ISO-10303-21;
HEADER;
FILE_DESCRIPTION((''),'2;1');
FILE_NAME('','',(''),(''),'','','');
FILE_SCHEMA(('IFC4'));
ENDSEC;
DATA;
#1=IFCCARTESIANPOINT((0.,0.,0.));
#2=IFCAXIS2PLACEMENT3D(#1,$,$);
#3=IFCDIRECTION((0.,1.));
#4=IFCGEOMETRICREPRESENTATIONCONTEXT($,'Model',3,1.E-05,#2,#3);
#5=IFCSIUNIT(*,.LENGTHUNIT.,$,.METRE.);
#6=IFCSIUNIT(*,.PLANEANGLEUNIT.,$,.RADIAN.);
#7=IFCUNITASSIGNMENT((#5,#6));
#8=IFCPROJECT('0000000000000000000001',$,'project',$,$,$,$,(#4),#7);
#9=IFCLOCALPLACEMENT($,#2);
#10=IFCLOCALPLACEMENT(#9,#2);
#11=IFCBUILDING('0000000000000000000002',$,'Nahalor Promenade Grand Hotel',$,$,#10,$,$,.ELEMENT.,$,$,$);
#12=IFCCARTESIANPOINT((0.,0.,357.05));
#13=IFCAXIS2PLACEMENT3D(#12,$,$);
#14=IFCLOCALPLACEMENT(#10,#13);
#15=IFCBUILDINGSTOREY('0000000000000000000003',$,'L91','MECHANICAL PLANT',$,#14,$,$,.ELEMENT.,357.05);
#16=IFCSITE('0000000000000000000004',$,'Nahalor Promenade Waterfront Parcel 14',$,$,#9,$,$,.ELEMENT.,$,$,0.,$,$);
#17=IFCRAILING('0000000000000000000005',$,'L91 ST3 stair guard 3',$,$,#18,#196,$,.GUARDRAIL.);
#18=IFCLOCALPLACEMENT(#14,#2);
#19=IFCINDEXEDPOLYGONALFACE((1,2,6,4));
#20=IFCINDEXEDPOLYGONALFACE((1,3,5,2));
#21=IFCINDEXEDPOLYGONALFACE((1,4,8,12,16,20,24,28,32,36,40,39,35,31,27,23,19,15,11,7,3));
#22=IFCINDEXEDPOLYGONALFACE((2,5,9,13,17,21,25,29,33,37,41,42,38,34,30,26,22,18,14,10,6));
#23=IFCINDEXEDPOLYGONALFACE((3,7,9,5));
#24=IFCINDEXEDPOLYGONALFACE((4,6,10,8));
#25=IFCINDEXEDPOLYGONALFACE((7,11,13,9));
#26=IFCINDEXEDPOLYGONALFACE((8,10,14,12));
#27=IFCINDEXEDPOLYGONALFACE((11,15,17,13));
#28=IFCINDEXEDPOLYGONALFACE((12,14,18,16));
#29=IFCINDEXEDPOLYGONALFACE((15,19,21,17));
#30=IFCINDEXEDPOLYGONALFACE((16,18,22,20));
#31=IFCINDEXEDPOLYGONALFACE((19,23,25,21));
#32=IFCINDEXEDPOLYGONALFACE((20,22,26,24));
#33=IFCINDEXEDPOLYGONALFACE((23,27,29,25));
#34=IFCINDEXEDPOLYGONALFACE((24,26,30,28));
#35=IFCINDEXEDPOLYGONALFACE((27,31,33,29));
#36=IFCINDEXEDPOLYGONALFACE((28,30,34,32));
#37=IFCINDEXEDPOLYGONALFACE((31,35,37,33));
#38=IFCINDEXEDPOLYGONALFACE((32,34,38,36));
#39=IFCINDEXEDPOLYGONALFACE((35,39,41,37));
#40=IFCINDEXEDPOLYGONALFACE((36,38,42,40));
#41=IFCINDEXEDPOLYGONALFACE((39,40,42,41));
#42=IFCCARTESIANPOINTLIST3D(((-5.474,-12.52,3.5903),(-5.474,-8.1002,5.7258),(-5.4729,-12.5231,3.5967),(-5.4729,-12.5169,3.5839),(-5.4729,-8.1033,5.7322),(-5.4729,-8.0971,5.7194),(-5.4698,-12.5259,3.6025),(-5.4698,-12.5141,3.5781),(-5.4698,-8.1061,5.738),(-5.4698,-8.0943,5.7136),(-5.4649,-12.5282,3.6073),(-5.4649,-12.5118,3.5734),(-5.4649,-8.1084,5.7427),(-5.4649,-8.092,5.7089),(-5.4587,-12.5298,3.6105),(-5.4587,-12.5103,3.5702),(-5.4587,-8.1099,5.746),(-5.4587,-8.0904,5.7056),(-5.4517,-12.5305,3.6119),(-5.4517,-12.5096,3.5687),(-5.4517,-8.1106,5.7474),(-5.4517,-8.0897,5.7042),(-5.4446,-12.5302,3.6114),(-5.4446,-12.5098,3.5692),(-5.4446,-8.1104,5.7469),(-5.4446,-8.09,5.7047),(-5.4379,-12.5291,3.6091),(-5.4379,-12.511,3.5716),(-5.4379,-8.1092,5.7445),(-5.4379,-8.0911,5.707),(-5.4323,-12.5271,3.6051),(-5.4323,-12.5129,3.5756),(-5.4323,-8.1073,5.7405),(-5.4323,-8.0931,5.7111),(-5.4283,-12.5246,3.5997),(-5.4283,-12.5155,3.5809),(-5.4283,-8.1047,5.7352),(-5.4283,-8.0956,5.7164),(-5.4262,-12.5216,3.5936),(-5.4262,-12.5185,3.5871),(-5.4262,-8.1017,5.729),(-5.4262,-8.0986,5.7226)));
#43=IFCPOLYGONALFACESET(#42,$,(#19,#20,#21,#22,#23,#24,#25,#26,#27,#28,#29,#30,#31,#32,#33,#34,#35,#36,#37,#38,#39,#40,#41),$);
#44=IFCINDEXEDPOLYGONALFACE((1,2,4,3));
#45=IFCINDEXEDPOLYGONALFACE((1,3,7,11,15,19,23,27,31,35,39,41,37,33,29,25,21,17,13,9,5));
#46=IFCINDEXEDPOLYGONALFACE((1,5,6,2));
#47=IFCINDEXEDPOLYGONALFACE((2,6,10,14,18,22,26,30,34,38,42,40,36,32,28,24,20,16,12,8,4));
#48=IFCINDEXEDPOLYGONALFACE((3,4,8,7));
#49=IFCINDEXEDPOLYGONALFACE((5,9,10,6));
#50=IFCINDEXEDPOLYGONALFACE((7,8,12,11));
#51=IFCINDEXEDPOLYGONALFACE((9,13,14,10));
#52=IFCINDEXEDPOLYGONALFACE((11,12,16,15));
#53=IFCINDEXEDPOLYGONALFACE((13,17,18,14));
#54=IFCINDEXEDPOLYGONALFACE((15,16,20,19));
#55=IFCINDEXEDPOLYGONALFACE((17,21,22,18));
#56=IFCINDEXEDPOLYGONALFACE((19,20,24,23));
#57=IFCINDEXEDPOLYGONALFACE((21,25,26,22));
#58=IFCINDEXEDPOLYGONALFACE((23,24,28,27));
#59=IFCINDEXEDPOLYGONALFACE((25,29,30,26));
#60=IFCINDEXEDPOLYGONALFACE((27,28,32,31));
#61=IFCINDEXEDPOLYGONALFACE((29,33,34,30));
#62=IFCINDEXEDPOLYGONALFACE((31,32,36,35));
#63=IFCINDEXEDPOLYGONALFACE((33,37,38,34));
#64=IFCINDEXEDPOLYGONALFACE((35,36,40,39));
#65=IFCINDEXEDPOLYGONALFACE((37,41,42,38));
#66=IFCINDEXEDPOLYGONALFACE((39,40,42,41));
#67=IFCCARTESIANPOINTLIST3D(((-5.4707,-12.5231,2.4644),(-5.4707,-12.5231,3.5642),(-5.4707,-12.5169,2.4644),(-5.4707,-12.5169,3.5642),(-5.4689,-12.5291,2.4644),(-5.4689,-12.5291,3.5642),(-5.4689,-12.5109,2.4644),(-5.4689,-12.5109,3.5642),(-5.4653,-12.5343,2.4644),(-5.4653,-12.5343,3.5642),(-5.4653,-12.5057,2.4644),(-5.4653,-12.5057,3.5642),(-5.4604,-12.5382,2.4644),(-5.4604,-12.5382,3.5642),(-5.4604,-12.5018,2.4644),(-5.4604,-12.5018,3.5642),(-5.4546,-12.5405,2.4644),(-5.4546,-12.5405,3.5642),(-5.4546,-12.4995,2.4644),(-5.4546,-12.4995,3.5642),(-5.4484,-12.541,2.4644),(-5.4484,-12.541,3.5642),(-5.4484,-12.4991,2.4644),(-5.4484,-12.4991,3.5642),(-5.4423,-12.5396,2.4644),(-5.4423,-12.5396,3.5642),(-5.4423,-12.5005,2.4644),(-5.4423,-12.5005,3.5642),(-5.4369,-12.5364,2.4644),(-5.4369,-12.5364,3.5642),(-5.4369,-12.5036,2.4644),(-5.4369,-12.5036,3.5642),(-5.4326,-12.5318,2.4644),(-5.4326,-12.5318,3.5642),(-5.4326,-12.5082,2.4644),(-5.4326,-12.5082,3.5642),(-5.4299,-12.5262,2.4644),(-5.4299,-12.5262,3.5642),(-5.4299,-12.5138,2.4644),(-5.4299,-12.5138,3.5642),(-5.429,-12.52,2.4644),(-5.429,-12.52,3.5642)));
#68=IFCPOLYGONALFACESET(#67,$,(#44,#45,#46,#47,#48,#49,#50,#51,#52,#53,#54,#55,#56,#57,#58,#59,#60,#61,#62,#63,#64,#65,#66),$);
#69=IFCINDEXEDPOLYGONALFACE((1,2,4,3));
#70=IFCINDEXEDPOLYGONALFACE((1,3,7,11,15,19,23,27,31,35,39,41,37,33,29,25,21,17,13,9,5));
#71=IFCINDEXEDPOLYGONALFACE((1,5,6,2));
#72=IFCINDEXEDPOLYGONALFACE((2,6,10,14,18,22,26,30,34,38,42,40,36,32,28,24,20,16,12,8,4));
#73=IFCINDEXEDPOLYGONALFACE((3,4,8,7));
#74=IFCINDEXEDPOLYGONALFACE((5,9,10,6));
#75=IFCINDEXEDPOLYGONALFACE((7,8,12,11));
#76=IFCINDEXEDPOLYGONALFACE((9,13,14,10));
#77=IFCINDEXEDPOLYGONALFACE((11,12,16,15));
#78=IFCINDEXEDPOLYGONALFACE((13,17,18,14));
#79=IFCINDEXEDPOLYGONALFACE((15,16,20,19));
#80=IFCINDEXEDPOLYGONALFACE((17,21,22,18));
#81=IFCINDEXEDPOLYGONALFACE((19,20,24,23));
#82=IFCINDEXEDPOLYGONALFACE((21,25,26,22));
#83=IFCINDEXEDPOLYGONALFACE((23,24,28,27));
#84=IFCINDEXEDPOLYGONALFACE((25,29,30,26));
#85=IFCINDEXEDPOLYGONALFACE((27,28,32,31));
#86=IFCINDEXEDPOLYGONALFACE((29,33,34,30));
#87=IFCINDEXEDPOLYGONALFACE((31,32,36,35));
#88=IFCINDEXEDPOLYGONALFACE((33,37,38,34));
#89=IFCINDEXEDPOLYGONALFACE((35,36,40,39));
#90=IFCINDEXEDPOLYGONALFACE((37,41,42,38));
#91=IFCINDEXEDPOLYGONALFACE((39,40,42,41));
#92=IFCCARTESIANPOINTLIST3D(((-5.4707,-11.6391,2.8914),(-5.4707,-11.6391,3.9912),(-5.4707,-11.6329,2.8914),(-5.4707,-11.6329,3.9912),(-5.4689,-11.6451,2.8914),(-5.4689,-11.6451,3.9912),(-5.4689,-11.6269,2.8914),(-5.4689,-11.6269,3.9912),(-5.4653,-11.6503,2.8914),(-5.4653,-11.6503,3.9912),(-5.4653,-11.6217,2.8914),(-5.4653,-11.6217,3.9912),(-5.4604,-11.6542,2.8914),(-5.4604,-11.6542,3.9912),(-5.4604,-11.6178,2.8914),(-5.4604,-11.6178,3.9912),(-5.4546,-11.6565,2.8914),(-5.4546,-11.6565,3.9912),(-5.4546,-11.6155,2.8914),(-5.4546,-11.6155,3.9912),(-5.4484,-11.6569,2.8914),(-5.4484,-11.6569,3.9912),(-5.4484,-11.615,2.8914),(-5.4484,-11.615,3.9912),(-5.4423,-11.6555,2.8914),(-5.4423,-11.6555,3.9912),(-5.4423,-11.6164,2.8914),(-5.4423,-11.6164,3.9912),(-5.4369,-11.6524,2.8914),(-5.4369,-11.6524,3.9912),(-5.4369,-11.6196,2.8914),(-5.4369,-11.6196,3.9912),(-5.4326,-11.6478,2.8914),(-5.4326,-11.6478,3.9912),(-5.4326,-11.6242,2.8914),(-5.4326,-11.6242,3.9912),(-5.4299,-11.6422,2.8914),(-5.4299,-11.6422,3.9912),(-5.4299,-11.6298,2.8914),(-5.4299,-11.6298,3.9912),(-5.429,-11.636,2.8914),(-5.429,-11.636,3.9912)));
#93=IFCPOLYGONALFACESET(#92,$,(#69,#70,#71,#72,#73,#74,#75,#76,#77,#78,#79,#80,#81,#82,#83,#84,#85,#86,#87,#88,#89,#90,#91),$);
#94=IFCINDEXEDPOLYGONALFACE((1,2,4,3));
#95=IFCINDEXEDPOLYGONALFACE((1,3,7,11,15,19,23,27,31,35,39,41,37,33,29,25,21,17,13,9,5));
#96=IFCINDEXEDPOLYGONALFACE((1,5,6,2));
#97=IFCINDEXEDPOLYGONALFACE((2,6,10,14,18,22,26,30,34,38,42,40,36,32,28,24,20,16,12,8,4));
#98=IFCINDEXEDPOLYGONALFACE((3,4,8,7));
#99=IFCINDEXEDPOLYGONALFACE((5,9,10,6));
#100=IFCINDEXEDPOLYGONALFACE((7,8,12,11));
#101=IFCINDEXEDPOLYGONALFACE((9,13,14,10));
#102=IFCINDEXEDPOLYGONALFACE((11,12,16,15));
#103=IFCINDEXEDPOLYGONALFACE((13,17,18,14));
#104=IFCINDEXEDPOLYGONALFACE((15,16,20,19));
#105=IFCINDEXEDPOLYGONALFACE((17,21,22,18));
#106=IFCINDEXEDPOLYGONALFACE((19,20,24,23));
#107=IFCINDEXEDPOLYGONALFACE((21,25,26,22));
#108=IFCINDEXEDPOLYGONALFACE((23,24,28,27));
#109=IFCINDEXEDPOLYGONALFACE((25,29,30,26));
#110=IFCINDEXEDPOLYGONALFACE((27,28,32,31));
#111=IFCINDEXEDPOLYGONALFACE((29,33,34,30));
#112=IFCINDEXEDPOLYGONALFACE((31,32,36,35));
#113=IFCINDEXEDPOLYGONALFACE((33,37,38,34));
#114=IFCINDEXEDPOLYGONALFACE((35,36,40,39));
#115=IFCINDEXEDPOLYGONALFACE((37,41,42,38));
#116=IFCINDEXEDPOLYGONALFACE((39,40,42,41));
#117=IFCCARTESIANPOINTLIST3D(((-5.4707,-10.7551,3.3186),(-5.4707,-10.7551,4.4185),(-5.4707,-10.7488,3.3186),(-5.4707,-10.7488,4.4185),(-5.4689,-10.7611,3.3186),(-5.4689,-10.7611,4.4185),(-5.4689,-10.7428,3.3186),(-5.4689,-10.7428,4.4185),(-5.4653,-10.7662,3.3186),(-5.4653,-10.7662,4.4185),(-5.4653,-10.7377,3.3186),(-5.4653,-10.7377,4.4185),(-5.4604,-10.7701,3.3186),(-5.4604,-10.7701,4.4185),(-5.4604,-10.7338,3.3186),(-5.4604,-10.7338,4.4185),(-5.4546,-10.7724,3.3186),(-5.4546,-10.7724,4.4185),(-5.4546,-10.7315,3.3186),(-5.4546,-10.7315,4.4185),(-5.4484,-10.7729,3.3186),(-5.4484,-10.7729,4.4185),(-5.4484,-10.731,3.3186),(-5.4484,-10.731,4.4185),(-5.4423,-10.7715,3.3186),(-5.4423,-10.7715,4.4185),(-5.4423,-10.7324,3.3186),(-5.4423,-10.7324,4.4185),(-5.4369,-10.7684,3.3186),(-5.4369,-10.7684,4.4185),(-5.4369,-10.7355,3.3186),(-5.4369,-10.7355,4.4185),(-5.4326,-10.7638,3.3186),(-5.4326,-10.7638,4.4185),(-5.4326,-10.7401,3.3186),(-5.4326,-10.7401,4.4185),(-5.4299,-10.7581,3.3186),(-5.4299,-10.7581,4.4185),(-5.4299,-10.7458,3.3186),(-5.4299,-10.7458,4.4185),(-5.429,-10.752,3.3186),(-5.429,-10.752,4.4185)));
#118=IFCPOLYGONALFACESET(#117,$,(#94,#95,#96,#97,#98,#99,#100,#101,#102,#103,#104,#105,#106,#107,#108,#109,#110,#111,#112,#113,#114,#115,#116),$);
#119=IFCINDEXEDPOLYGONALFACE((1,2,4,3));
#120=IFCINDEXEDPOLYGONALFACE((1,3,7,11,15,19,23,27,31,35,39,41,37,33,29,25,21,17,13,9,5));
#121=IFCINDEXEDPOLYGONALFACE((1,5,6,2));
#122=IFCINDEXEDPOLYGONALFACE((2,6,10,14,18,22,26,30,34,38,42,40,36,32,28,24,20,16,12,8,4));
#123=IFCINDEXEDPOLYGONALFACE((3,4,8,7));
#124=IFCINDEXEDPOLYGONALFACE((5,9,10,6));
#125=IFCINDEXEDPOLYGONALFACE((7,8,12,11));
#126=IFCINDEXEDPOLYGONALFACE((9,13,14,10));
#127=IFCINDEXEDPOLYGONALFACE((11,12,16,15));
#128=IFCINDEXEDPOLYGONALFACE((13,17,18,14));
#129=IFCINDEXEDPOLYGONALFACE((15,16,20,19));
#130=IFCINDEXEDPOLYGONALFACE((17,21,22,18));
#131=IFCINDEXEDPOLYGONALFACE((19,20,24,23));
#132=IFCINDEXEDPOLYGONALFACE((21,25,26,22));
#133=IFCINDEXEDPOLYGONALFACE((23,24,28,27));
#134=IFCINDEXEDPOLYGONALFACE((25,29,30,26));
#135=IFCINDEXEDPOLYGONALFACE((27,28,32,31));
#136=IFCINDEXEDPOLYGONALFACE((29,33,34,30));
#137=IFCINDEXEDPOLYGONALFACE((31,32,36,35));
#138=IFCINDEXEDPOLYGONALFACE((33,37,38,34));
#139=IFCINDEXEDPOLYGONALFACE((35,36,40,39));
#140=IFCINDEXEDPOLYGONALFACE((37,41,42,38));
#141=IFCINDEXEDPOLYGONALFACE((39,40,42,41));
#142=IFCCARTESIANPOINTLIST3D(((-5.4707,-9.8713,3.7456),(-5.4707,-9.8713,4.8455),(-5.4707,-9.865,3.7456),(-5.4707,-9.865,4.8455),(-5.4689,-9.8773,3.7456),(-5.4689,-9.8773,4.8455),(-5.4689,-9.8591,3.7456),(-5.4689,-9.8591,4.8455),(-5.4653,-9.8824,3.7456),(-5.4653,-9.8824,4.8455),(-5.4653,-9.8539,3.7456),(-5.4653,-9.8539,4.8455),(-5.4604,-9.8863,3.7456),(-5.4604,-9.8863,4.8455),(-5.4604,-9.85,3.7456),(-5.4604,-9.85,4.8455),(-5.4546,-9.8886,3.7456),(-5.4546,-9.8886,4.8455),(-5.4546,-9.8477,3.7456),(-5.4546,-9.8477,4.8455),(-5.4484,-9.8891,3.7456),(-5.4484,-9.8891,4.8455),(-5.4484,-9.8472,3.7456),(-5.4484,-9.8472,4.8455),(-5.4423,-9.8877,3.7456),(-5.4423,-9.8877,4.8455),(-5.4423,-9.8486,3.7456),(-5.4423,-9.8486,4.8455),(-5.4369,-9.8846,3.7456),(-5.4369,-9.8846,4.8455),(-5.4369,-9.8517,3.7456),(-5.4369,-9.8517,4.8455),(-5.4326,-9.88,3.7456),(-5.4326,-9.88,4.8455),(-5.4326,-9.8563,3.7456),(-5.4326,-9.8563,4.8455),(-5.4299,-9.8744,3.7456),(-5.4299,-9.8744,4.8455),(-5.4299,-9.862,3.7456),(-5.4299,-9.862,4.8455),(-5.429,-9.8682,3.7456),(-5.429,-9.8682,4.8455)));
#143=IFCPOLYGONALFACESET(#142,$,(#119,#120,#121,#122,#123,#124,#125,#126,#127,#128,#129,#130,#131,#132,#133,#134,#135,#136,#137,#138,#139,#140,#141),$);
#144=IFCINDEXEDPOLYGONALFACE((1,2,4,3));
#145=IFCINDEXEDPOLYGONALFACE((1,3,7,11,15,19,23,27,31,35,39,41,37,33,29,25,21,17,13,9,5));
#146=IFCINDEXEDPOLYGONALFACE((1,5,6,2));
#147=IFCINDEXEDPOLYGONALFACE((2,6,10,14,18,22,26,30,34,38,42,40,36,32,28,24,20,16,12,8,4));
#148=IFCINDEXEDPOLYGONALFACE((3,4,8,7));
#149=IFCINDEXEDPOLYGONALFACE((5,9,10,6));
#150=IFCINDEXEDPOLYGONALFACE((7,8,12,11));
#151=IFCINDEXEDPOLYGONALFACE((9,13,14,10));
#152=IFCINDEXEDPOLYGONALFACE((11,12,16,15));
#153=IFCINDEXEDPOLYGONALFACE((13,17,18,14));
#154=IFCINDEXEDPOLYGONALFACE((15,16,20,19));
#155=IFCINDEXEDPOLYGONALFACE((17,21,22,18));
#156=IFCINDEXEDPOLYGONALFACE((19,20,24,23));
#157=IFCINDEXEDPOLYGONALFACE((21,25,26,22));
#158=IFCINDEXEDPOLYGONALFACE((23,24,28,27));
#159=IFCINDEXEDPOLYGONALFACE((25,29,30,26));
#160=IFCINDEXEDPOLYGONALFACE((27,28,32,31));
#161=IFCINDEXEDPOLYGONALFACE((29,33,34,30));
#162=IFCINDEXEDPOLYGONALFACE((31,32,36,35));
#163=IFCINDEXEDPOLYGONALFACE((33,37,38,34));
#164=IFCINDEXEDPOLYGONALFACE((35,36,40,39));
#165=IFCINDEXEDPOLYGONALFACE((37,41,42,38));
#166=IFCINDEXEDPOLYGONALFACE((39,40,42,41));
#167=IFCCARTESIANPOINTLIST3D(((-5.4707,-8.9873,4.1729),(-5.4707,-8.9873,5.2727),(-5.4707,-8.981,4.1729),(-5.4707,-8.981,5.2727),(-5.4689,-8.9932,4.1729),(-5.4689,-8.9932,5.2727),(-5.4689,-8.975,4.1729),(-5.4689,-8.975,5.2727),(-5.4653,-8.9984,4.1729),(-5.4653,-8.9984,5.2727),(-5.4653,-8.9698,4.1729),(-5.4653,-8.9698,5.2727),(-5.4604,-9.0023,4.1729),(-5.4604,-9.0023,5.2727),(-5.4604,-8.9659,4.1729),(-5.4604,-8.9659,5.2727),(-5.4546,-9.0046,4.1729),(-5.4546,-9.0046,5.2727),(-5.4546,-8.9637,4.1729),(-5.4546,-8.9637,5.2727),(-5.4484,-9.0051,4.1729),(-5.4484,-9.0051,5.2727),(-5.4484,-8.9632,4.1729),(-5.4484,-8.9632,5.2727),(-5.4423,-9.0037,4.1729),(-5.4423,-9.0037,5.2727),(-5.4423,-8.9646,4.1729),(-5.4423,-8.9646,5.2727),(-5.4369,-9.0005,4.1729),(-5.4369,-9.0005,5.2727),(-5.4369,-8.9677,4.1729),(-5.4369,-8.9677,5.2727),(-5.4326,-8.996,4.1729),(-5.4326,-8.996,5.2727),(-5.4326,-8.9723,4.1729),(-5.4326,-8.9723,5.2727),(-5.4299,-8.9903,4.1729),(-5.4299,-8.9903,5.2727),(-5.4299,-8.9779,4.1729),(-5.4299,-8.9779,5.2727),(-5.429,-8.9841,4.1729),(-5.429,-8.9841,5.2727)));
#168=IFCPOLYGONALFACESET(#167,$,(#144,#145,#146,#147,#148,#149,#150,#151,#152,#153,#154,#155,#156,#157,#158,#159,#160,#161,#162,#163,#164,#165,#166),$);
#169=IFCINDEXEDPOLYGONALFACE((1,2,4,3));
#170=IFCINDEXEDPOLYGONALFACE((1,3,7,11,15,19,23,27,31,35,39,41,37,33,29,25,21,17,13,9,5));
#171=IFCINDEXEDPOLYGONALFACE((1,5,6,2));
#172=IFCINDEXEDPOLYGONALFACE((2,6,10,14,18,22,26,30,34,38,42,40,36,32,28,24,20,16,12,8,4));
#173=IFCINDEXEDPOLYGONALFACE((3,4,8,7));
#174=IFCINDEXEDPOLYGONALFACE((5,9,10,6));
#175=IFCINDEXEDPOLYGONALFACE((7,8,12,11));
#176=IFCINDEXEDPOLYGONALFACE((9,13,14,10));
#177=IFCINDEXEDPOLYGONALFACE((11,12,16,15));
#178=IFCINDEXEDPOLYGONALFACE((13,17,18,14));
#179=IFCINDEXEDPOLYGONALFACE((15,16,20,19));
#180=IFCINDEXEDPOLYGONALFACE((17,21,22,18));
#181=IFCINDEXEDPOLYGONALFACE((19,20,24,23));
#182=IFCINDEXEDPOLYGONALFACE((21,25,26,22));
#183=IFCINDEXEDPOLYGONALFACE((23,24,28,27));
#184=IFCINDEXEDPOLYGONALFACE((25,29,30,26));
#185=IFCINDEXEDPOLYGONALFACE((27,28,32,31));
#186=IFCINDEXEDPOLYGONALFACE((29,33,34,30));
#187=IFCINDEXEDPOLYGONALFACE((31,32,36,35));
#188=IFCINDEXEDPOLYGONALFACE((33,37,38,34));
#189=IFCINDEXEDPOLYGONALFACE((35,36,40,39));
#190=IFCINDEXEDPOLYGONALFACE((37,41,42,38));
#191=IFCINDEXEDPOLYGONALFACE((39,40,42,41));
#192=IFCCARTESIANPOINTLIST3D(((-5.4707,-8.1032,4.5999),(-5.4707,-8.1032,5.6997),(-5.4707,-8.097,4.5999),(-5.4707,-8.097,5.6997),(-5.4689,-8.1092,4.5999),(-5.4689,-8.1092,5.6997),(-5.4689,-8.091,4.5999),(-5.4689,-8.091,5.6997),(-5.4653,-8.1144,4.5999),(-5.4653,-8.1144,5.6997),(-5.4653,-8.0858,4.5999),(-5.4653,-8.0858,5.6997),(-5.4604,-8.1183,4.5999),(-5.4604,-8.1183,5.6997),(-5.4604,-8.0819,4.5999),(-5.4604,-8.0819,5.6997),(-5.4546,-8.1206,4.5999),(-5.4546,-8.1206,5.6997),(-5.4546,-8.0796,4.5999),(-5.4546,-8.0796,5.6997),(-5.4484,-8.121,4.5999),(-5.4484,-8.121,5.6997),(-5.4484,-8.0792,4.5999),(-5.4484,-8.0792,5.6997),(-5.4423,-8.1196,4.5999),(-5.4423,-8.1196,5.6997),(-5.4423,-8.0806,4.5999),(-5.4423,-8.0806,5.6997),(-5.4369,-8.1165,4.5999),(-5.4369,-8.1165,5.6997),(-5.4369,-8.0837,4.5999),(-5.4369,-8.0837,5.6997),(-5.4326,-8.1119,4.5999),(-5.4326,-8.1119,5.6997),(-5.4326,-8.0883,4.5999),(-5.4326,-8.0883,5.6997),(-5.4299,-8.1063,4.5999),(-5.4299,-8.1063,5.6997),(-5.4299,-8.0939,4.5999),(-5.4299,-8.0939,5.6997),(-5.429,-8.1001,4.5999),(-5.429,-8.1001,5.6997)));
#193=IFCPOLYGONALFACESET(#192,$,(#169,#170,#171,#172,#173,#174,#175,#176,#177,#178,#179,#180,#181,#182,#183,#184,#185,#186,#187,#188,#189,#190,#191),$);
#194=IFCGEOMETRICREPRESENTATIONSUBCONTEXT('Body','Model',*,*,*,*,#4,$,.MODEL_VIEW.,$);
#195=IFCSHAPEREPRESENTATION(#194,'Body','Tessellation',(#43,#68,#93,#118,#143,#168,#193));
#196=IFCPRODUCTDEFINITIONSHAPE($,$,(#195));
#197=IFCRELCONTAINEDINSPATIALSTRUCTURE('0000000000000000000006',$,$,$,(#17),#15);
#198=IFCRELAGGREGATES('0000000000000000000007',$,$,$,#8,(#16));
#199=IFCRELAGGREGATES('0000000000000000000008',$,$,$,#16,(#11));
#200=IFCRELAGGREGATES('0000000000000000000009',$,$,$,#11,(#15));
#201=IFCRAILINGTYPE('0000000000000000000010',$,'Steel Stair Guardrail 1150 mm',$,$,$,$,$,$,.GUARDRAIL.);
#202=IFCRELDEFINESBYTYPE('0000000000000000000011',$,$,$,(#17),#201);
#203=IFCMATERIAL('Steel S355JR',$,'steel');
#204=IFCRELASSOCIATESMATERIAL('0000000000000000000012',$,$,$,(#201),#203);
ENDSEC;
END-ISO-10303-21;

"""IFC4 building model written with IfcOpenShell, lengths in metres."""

from ifc_helpers import new_model, si_unit, direction, frame, origin, origin_2d, place, context, subcontext, project, spatial, circle, extrude, material, type_object, element, save


model = new_model("IFC4")

# Units and contexts
model_context = context("Model", 3, precision=1e-05, world=origin(), true_north=direction((0.0, 1.0)))
body_context = subcontext(model_context, "Body", "Model", "MODEL_VIEW")
ifc_project = project(units=[si_unit("LENGTHUNIT", "METRE"), si_unit("PLANEANGLEUNIT", "RADIAN")], contexts=[model_context])

# Site, building, storey
site_placement = place(None, origin())
site = spatial("IfcSite", under=ifc_project, at=site_placement, Name="Nahalor Promenade Waterfront Parcel 14", CompositionType="ELEMENT", RefElevation=0.0)
building_placement = place(site_placement, origin())
building = spatial("IfcBuilding", under=site, at=building_placement, Name="Nahalor Promenade Grand Hotel", CompositionType="ELEMENT")
storey_placement = place(building_placement, frame((0.0, 0.0, 357.05)))
storey = spatial("IfcBuildingStorey", under=building, at=storey_placement, Name="L91", Description="MECHANICAL PLANT", CompositionType="ELEMENT", Elevation=357.05)

# Shared definitions
ifc_material_1 = material(Name="Steel S355JR", Category="steel")

# Railing
railing_type_1 = type_object("IfcRailingType", Name="Steel Stair Guardrail 1150 mm", PredefinedType="GUARDRAIL", material=ifc_material_1)
railing_1_placement = place(storey_placement, frame((-5.45, -12.52, 2.4644)))
element("IfcRailing", 1, at=railing_1_placement, inside=storey, type_object=railing_type_1, Name="L91 ST3 stair guard 3", PredefinedType="GUARDRAIL", context=body_context, shape_type="SweptSolid", body=[
    extrude(circle(Radius=0.024, at=origin_2d()), frame((0.0, 0.0, 1.126), z_axis=(0.0, 0.900413, 0.435037), x_axis=(-1.0, 0.0, 0.0)), (0.0, 0.0, 1.0), 4.9087),
    extrude(circle(Radius=0.021, at=origin_2d()), origin(), (0.0, 0.0, 1.0), 1.0999),
    extrude(circle(Radius=0.021, at=origin_2d()), frame((0.0, 0.884, 0.427)), (0.0, 0.0, 1.0), 1.0999),
    extrude(circle(Radius=0.021, at=origin_2d()), frame((0.0, 1.7681, 0.8542)), (0.0, 0.0, 1.0), 1.0999),
    extrude(circle(Radius=0.021, at=origin_2d()), frame((0.0, 2.6519, 1.2812)), (0.0, 0.0, 1.0), 1.0999),
    extrude(circle(Radius=0.021, at=origin_2d()), frame((0.0, 3.5359, 1.7085)), (0.0, 0.0, 1.0), 1.0999),
    extrude(circle(Radius=0.021, at=origin_2d()), frame((0.0, 4.4199, 2.1355)), (0.0, 0.0, 1.0), 1.0999),
])

save(model, "model.ifc")
